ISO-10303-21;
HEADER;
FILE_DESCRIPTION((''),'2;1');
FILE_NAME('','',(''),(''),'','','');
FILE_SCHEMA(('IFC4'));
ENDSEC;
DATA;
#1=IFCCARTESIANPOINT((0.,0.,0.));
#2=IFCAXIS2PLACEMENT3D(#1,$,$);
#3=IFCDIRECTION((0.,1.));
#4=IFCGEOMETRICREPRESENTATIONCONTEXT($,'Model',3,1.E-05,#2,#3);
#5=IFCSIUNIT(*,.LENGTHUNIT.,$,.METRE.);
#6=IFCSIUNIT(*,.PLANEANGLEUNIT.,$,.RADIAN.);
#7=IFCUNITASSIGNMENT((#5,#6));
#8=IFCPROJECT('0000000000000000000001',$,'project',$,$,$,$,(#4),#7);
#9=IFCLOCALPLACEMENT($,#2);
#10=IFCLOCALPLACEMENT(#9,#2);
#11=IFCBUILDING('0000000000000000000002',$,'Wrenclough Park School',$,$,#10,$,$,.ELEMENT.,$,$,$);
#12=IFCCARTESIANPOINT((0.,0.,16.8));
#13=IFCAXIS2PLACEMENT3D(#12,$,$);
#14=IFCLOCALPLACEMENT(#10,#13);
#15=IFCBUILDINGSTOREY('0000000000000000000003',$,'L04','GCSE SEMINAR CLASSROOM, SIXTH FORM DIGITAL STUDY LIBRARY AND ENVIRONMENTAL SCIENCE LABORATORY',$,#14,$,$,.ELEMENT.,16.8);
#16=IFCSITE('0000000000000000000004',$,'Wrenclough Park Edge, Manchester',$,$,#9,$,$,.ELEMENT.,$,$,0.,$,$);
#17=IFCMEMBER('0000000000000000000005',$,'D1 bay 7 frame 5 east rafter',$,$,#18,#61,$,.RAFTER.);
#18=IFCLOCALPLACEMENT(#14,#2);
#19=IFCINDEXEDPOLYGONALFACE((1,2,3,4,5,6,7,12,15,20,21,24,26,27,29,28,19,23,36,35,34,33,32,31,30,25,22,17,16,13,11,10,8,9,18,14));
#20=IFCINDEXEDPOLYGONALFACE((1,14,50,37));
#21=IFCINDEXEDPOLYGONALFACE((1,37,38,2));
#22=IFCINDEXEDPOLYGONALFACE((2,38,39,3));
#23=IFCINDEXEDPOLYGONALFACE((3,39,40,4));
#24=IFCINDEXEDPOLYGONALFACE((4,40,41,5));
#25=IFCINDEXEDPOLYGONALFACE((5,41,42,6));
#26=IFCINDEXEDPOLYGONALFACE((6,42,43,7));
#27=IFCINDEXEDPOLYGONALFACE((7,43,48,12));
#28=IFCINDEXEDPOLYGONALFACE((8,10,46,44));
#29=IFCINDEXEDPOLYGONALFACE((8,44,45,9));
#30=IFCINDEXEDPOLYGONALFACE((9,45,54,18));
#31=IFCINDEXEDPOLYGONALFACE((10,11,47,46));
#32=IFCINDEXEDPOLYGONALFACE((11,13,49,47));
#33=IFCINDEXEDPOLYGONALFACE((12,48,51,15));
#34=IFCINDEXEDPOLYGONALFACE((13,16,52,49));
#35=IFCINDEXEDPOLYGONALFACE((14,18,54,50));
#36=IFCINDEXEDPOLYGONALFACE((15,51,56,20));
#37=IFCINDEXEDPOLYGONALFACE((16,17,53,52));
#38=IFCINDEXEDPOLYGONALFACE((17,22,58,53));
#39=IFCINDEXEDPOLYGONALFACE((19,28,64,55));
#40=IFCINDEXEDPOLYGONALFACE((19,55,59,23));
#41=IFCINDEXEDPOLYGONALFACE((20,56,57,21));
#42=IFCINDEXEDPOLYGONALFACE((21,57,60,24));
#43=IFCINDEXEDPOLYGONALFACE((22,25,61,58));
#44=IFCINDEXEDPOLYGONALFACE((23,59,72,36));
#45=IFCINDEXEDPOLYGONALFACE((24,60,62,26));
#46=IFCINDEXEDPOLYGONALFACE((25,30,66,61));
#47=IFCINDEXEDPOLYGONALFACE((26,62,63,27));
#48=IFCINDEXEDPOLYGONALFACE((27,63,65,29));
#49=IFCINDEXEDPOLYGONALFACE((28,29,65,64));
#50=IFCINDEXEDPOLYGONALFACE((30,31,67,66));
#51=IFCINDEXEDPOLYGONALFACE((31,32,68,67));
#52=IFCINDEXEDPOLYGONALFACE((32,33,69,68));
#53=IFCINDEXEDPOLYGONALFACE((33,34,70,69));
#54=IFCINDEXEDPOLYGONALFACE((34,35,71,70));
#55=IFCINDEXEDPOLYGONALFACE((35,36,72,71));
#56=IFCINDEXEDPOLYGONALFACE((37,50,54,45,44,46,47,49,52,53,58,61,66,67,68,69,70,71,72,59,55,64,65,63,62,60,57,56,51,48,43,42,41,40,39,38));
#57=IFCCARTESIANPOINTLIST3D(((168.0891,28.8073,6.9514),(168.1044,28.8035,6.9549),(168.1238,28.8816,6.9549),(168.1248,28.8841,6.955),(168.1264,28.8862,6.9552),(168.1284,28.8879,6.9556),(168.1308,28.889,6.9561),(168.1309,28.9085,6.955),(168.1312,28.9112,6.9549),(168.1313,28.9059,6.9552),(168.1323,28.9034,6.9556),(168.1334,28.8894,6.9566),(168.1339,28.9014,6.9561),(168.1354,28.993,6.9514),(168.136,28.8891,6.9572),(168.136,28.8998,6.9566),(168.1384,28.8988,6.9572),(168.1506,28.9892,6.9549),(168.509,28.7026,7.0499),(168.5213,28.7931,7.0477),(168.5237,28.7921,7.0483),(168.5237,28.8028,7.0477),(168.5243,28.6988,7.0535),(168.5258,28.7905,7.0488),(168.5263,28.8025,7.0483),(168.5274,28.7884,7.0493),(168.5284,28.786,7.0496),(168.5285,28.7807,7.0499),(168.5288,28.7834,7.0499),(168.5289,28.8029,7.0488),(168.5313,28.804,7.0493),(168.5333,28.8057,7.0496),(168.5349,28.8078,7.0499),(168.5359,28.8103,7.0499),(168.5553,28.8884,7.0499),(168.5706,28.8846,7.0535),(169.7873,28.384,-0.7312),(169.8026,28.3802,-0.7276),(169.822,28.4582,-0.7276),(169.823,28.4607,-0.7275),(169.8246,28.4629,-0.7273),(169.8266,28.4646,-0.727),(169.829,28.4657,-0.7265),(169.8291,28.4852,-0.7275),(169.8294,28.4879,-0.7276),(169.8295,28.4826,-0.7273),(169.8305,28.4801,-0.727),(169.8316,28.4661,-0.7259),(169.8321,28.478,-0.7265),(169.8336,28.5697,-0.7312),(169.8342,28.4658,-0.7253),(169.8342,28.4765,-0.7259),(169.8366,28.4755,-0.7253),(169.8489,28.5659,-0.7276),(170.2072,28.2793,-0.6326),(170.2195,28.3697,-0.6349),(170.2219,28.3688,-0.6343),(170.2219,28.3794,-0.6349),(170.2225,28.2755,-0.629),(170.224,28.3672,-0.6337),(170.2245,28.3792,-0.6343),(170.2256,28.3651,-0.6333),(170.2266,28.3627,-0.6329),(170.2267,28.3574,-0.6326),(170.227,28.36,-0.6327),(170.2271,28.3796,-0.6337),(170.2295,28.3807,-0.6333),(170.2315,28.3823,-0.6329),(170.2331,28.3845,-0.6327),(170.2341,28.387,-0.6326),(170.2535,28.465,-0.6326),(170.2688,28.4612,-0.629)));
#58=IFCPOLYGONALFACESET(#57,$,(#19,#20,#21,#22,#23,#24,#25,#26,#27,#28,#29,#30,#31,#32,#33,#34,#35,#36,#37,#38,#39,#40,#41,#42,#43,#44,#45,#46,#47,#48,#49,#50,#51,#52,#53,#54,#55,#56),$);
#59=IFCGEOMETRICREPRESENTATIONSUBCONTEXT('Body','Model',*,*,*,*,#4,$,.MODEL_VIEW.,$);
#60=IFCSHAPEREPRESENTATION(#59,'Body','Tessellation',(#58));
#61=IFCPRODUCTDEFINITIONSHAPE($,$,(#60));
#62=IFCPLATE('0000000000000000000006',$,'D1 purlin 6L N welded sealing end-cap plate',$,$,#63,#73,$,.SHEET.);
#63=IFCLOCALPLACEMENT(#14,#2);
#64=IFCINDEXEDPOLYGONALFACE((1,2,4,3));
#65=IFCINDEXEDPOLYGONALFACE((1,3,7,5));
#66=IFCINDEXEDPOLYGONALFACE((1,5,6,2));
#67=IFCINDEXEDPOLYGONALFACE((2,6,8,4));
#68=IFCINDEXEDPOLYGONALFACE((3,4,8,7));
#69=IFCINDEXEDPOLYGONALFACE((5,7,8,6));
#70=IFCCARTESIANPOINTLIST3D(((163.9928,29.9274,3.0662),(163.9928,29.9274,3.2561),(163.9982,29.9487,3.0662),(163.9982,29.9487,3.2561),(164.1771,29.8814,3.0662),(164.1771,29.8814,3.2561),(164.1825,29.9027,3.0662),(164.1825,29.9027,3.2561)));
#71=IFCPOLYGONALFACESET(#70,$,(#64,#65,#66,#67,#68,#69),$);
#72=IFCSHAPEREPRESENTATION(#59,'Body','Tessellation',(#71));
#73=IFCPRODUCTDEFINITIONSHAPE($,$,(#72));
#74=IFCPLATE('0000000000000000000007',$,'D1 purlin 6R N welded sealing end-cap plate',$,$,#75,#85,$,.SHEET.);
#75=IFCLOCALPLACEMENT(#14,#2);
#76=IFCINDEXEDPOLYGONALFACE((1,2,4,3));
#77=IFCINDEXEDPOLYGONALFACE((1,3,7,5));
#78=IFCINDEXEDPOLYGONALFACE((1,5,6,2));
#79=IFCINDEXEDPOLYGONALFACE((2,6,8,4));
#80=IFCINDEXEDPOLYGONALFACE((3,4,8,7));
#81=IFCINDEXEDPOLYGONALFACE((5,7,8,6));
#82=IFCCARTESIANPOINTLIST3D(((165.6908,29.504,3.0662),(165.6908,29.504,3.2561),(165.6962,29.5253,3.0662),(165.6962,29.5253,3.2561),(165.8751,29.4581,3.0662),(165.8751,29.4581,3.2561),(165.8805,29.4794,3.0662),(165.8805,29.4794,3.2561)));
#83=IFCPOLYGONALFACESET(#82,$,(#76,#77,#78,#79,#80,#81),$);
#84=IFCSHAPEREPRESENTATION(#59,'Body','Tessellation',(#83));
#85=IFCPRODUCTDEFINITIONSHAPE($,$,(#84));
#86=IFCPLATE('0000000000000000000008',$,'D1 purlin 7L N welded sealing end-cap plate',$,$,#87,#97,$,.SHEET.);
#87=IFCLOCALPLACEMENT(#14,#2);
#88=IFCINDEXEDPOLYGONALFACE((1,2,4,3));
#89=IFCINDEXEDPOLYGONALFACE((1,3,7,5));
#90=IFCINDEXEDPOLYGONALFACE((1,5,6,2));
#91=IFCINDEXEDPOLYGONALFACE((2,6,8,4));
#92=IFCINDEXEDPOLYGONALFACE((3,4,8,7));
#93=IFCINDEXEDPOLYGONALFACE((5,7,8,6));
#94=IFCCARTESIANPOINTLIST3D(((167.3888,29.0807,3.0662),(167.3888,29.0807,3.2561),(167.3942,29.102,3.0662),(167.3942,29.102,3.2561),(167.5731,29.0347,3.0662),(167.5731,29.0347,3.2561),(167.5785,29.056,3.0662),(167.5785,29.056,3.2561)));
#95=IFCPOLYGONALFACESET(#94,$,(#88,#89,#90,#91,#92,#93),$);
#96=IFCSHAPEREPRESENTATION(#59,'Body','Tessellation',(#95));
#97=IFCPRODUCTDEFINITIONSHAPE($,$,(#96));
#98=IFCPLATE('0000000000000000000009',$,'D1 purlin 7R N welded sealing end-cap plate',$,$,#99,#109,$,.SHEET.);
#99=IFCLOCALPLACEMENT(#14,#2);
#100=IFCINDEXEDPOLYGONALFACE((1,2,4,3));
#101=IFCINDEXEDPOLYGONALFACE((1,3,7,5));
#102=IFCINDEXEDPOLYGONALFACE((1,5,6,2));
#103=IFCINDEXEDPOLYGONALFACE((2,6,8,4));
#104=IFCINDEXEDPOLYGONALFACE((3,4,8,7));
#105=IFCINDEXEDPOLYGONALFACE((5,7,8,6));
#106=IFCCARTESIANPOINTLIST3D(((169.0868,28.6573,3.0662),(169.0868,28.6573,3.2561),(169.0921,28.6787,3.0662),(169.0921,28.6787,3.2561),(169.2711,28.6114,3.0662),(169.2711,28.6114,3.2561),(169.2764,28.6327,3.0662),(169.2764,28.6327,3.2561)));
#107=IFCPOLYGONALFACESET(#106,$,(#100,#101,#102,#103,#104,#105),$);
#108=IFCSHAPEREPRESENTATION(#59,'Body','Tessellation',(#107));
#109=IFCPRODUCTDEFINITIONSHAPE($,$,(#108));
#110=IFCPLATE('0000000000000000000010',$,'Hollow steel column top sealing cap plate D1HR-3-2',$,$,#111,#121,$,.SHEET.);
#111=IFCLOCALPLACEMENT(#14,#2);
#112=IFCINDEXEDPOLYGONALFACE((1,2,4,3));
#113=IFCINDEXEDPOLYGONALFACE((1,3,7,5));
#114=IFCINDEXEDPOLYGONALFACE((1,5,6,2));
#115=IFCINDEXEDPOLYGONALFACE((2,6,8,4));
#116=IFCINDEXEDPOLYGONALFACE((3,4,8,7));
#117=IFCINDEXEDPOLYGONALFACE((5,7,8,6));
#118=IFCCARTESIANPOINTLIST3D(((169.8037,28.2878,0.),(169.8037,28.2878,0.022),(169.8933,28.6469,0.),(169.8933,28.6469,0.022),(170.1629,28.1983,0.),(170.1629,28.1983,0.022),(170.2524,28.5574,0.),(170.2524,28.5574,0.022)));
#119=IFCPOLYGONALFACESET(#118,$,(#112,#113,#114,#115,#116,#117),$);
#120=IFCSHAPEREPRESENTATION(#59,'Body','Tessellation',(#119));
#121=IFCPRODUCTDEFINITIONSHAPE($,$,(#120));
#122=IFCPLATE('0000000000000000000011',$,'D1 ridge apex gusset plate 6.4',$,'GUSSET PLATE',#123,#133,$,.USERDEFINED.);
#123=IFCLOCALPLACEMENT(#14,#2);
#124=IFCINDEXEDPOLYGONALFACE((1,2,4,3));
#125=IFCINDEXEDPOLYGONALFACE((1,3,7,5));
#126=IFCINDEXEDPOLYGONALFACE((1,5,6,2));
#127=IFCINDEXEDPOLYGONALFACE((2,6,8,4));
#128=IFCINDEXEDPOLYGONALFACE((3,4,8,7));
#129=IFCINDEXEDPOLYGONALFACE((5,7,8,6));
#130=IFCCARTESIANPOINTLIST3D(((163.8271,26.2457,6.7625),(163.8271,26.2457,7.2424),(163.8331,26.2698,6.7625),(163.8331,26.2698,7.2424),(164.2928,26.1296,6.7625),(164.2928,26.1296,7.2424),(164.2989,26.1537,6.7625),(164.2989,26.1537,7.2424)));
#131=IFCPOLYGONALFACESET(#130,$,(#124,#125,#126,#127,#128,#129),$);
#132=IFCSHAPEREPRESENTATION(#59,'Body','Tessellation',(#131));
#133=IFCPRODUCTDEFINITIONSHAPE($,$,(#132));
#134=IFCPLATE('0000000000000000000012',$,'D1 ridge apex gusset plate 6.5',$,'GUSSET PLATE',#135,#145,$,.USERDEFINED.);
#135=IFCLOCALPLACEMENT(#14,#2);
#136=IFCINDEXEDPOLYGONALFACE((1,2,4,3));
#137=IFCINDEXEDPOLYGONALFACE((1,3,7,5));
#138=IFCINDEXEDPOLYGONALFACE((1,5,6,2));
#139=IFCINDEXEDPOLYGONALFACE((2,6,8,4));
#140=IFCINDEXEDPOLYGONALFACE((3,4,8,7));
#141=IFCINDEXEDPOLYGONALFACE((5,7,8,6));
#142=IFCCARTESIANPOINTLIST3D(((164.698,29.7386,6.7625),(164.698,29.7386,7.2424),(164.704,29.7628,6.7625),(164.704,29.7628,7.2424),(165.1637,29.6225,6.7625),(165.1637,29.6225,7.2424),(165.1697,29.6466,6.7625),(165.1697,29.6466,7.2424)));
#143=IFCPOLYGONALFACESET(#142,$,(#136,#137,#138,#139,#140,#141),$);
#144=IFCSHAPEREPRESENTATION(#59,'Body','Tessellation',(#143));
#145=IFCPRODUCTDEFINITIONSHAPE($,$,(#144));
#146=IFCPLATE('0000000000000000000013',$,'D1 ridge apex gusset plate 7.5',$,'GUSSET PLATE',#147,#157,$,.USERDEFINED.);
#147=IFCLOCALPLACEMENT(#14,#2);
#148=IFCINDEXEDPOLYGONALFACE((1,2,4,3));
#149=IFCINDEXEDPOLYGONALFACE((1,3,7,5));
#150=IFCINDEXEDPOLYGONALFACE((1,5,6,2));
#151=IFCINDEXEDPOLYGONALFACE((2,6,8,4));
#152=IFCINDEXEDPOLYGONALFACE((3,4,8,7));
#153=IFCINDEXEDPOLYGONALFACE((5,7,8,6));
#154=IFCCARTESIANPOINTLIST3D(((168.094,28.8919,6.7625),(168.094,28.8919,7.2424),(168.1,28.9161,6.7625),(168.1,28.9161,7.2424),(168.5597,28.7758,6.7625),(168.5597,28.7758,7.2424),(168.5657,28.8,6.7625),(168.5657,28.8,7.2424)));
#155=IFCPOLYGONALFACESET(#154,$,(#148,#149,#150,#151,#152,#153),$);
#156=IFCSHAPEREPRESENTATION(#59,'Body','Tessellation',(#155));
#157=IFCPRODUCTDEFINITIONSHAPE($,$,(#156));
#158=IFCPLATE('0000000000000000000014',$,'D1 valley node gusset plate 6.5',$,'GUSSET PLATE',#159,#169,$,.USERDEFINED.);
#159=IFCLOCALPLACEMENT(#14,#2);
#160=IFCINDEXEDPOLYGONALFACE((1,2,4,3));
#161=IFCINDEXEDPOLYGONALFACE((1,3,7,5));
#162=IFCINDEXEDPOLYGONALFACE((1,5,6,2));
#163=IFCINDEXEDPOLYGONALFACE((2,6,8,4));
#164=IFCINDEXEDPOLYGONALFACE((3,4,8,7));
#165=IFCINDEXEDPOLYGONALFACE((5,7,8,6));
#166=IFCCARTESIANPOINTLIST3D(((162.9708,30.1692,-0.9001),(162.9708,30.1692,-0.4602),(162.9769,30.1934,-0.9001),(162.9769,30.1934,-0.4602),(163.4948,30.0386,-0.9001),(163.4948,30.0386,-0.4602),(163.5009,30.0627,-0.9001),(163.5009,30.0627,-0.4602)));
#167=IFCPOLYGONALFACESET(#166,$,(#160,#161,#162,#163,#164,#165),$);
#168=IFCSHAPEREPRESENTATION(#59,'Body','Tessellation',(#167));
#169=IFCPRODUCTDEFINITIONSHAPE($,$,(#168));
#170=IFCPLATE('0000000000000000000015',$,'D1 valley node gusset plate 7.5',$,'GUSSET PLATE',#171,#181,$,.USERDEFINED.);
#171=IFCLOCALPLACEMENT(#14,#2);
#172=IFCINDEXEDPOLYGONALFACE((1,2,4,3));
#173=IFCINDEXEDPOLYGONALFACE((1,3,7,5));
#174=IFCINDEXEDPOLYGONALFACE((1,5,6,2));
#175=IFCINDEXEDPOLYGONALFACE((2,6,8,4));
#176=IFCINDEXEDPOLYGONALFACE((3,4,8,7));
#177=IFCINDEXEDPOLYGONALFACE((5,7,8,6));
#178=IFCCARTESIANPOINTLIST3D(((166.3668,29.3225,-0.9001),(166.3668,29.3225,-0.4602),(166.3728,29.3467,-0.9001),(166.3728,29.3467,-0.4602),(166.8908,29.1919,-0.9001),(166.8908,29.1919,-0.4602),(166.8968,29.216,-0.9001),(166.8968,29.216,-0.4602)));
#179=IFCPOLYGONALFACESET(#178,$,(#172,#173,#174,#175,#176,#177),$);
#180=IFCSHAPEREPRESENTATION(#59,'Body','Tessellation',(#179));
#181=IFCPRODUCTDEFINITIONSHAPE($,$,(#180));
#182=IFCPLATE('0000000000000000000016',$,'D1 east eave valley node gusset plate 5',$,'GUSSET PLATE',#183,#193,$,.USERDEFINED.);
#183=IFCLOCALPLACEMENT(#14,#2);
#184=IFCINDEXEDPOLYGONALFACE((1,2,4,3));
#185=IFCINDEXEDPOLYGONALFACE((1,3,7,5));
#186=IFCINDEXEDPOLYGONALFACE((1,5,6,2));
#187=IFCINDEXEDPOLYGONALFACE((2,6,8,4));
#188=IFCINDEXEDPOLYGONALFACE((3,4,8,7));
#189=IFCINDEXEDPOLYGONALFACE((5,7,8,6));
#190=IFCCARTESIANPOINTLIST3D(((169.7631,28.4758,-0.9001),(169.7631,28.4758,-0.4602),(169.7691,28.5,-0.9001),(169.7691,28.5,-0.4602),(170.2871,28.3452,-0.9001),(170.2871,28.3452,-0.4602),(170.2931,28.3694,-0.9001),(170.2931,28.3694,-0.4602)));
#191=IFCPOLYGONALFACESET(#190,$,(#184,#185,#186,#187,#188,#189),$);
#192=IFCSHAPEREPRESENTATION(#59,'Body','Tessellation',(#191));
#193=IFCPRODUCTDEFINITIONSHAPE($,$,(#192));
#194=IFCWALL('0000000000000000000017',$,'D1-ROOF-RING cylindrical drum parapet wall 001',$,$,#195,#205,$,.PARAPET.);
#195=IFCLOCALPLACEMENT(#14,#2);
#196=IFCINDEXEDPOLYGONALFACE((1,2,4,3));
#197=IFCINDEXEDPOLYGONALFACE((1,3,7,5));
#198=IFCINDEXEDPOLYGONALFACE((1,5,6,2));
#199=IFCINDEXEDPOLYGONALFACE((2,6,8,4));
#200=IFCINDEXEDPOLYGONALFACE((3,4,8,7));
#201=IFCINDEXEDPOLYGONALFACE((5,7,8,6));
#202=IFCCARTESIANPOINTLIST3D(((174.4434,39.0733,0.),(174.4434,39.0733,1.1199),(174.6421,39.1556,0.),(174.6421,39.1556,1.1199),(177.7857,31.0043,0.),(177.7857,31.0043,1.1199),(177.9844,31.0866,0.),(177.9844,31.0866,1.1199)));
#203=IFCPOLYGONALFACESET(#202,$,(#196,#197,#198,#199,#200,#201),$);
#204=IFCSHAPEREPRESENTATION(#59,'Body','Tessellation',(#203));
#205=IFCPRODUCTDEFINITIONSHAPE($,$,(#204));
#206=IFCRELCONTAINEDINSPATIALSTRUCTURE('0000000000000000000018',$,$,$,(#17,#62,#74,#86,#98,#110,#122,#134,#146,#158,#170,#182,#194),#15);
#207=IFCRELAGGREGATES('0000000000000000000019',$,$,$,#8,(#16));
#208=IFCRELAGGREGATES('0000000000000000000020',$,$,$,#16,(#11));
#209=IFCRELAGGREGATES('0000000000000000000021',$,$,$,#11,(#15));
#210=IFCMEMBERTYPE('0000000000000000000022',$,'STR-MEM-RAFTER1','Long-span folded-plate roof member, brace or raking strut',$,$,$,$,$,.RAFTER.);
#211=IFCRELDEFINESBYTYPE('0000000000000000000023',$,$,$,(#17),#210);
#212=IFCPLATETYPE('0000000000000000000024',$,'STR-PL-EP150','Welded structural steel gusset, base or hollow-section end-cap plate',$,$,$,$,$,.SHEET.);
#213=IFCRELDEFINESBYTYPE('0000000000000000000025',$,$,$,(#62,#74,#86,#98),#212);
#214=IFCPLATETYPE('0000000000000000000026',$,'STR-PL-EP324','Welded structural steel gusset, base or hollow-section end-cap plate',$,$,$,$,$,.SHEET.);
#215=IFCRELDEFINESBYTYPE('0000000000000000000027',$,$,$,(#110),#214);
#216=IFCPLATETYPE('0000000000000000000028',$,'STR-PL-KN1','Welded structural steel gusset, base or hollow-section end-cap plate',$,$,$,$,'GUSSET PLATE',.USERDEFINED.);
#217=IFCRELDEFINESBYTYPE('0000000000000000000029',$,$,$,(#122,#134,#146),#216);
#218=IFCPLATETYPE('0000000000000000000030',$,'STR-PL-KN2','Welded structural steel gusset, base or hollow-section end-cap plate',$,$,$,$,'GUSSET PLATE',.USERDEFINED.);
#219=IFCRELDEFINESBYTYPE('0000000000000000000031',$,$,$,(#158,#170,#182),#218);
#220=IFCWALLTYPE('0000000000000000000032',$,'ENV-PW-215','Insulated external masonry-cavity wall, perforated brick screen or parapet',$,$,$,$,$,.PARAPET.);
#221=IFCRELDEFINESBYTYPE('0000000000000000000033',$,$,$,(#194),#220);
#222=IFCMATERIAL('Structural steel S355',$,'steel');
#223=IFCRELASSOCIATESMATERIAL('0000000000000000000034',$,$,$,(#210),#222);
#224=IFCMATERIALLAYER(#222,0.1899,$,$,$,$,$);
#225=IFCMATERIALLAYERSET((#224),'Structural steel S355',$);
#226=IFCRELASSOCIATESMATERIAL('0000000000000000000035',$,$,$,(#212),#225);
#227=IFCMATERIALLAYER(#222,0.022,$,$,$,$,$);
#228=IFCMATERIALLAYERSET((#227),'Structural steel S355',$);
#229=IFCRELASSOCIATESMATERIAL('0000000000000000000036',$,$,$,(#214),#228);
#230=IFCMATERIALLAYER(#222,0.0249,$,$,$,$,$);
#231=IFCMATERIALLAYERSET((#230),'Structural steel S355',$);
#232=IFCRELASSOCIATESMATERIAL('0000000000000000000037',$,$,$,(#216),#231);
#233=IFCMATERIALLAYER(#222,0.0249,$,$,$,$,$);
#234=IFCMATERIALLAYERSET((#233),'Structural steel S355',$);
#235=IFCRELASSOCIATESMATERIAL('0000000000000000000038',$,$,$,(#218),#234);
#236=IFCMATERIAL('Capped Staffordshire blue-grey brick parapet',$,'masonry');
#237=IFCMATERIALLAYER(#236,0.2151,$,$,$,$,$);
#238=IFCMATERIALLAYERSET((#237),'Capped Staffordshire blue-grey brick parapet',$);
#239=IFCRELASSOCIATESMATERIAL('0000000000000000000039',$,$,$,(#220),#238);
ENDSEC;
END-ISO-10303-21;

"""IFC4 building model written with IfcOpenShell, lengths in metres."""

from ifc_helpers import new_model, si_unit, direction, frame, frame_2d, origin, origin_2d, place, context, subcontext, project, spatial, rectangle, i_section, extrude, material, layer, layer_set, material_profile, profile_set, type_object, element, save


model = new_model("IFC4")

# Units and contexts
model_context = context("Model", 3, precision=1e-05, world=origin(), true_north=direction((0.0, 1.0)))
body_context = subcontext(model_context, "Body", "Model", "MODEL_VIEW")
ifc_project = project(units=[si_unit("LENGTHUNIT", "METRE"), si_unit("PLANEANGLEUNIT", "RADIAN")], contexts=[model_context])

# Site, building, storey
site_placement = place(None, origin())
site = spatial("IfcSite", under=ifc_project, at=site_placement, Name="Wrenclough Park Edge, Manchester", CompositionType="ELEMENT", RefElevation=0.0)
building_placement = place(site_placement, origin())
building = spatial("IfcBuilding", under=site, at=building_placement, Name="Wrenclough Park School", CompositionType="ELEMENT")
storey_placement = place(building_placement, frame((0.0, 0.0, 16.8)))
storey = spatial("IfcBuildingStorey", under=building, at=storey_placement, Name="L04", Description="GCSE SEMINAR CLASSROOM, SIXTH FORM DIGITAL STUDY LIBRARY AND ENVIRONMENTAL SCIENCE LABORATORY", CompositionType="ELEMENT", Elevation=16.8)

# Shared definitions
ifc_material_1 = material(Name="Structural steel S355", Category="steel")

# Member
ifc_material_profile_1 = material_profile(ifc_material_1, i_section(OverallWidth=0.1914, OverallDepth=0.46, WebThickness=0.01, FlangeThickness=0.0161, FilletRadius=0.0103, at=origin_2d()), Name="UKB 457x191x82")
ifc_profile_set_1 = profile_set([ifc_material_profile_1], Name="Structural steel S355")
member_type_1 = type_object("IfcMemberType", Name="STR-MEM-RAFTER1", Description="Long-span folded-plate roof member, brace or raking strut", PredefinedType="RAFTER", material=ifc_profile_set_1)
for number, where, z_axis, x_axis, name in (
    (1, (168.3298, 28.8459, 7.0024), (0.215528, -0.053727, -0.975019), (0.241879, 0.970306, 0.0), "D1 bay 7 frame 5 east rafter"),
):
    element("IfcMember", number, at=place(storey_placement, frame(where, z_axis=z_axis, x_axis=x_axis)), inside=storey, type_object=member_type_1, Name=name, PredefinedType="RAFTER", context=body_context, shape_type="SweptSolid", body=[
        extrude(i_section(OverallWidth=0.1914, OverallDepth=0.46, WebThickness=0.01, FlangeThickness=0.0161, FilletRadius=0.0103, at=origin_2d()), origin(), (0.0, 0.0, 1.0), 7.8794),
    ])

# Plates
ifc_layer_1 = layer(ifc_material_1, 0.1899)
ifc_layer_set_1 = layer_set([ifc_layer_1], Name="Structural steel S355")
plate_type_1 = type_object("IfcPlateType", Name="STR-PL-EP150", Description="Welded structural steel gusset, base or hollow-section end-cap plate", PredefinedType="SHEET", material=ifc_layer_set_1)
for number, where, z_axis, x_axis, name in (
    (2, (164.0876, 29.915, 3.0662), (0.0, 0.0, 1.0), (0.241922, 0.970296, 0.0), "D1 purlin 6L N welded sealing end-cap plate"),
    (3, (165.7856, 29.4917, 3.0662), (0.0, 0.0, 1.0), (0.241922, 0.970296, 0.0), "D1 purlin 6R N welded sealing end-cap plate"),
    (4, (167.4836, 29.0684, 3.0662), (0.0, 0.0, 1.0), (0.241922, 0.970296, 0.0), "D1 purlin 7L N welded sealing end-cap plate"),
    (5, (169.1816, 28.645, 3.0662), (0.0, 0.0, 1.0), (0.241922, 0.970296, 0.0), "D1 purlin 7R N welded sealing end-cap plate"),
):
    element("IfcPlate", number, at=place(storey_placement, frame(where, z_axis=z_axis, x_axis=x_axis)), inside=storey, type_object=plate_type_1, Name=name, PredefinedType="SHEET", context=body_context, shape_type="SweptSolid", body=[
        extrude(rectangle(XDim=0.022, YDim=0.1899, at=origin_2d()), origin(), (0.0, 0.0, 1.0), 0.1899),
    ])
ifc_layer_2 = layer(ifc_material_1, 0.022)
ifc_layer_set_2 = layer_set([ifc_layer_2], Name="Structural steel S355")
plate_type_2 = type_object("IfcPlateType", Name="STR-PL-EP324", Description="Welded structural steel gusset, base or hollow-section end-cap plate", PredefinedType="SHEET", material=ifc_layer_set_2)
plate_placement = place(storey_placement, frame((170.0281, 28.4226, 0.0), z_axis=(0.0, 0.0, 1.0), x_axis=(0.970296, -0.241922, 0.0)))
element("IfcPlate", 6, at=plate_placement, inside=storey, type_object=plate_type_2, Name="Hollow steel column top sealing cap plate D1HR-3-2", PredefinedType="SHEET", context=body_context, shape_type="SweptSolid", body=[
    extrude(rectangle(XDim=0.3701, YDim=0.3701, at=origin_2d()), origin(), (0.0, 0.0, 1.0), 0.022),
])
ifc_layer_3 = layer(ifc_material_1, 0.0249)
ifc_layer_set_3 = layer_set([ifc_layer_3], Name="Structural steel S355")
plate_type_3 = type_object("IfcPlateType", Name="STR-PL-KN1", Description="Welded structural steel gusset, base or hollow-section end-cap plate", ElementType="GUSSET PLATE", PredefinedType="USERDEFINED", material=ifc_layer_set_3)
for number, where, z_axis, x_axis, name in (
    (7, (164.063, 26.1997, 6.7625), (0.0, 0.0, 1.0), (0.970296, -0.241922, 0.0), "D1 ridge apex gusset plate 6.4"),
    (8, (164.9338, 29.6926, 6.7625), (0.0, 0.0, 1.0), (0.970296, -0.241922, 0.0), "D1 ridge apex gusset plate 6.5"),
    (9, (168.3298, 28.8459, 6.7625), (0.0, 0.0, 1.0), (0.970296, -0.241922, 0.0), "D1 ridge apex gusset plate 7.5"),
):
    element("IfcPlate", number, at=place(storey_placement, frame(where, z_axis=z_axis, x_axis=x_axis)), inside=storey, type_object=plate_type_3, Name=name, ObjectType="GUSSET PLATE", PredefinedType="USERDEFINED", context=body_context, shape_type="SweptSolid", body=[
        extrude(rectangle(XDim=0.48, YDim=0.0249, at=origin_2d()), origin(), (0.0, 0.0, 1.0), 0.48),
    ])
ifc_layer_4 = layer(ifc_material_1, 0.0249)
ifc_layer_set_4 = layer_set([ifc_layer_4], Name="Structural steel S355")
plate_type_4 = type_object("IfcPlateType", Name="STR-PL-KN2", Description="Welded structural steel gusset, base or hollow-section end-cap plate", ElementType="GUSSET PLATE", PredefinedType="USERDEFINED", material=ifc_layer_set_4)
for number, where, z_axis, x_axis, name in (
    (10, (163.2358, 30.116, -0.9001), (0.0, 0.0, 1.0), (0.970296, -0.241922, 0.0), "D1 valley node gusset plate 6.5"),
    (11, (166.6318, 29.2693, -0.9001), (0.0, 0.0, 1.0), (0.970296, -0.241922, 0.0), "D1 valley node gusset plate 7.5"),
    (12, (170.0281, 28.4226, -0.9001), (0.0, 0.0, 1.0), (0.970296, -0.241922, 0.0), "D1 east eave valley node gusset plate 5"),
):
    element("IfcPlate", number, at=place(storey_placement, frame(where, z_axis=z_axis, x_axis=x_axis)), inside=storey, type_object=plate_type_4, Name=name, ObjectType="GUSSET PLATE", PredefinedType="USERDEFINED", context=body_context, shape_type="SweptSolid", body=[
        extrude(rectangle(XDim=0.54, YDim=0.0249, at=origin_2d()), origin(), (0.0, 0.0, 1.0), 0.4399),
    ])

# Wall
ifc_material_2 = material(Name="Capped Staffordshire blue-grey brick parapet", Category="masonry")
ifc_layer_5 = layer(ifc_material_2, 0.2151)
ifc_layer_set_5 = layer_set([ifc_layer_5], Name="Capped Staffordshire blue-grey brick parapet")
wall_type = type_object("IfcWallType", Name="ENV-PW-215", Description="Insulated external masonry-cavity wall, perforated brick screen or parapet", PredefinedType="PARAPET", material=ifc_layer_set_5)
wall_placement = place(storey_placement, frame((177.885, 31.0454, 0.0), z_axis=(0.0, 0.0, 1.0), x_axis=(-0.382679, 0.923881, 0.0)))
element("IfcWall", 13, at=wall_placement, inside=storey, type_object=wall_type, Name="D1-ROOF-RING cylindrical drum parapet wall 001", PredefinedType="PARAPET", context=body_context, shape_type="SweptSolid", body=[
    extrude(rectangle(XDim=8.7339, YDim=0.2151, at=frame_2d((4.3669, 0.0))), origin(), (0.0, 0.0, 1.0), 1.1199),
])

save(model, "model.ifc")
